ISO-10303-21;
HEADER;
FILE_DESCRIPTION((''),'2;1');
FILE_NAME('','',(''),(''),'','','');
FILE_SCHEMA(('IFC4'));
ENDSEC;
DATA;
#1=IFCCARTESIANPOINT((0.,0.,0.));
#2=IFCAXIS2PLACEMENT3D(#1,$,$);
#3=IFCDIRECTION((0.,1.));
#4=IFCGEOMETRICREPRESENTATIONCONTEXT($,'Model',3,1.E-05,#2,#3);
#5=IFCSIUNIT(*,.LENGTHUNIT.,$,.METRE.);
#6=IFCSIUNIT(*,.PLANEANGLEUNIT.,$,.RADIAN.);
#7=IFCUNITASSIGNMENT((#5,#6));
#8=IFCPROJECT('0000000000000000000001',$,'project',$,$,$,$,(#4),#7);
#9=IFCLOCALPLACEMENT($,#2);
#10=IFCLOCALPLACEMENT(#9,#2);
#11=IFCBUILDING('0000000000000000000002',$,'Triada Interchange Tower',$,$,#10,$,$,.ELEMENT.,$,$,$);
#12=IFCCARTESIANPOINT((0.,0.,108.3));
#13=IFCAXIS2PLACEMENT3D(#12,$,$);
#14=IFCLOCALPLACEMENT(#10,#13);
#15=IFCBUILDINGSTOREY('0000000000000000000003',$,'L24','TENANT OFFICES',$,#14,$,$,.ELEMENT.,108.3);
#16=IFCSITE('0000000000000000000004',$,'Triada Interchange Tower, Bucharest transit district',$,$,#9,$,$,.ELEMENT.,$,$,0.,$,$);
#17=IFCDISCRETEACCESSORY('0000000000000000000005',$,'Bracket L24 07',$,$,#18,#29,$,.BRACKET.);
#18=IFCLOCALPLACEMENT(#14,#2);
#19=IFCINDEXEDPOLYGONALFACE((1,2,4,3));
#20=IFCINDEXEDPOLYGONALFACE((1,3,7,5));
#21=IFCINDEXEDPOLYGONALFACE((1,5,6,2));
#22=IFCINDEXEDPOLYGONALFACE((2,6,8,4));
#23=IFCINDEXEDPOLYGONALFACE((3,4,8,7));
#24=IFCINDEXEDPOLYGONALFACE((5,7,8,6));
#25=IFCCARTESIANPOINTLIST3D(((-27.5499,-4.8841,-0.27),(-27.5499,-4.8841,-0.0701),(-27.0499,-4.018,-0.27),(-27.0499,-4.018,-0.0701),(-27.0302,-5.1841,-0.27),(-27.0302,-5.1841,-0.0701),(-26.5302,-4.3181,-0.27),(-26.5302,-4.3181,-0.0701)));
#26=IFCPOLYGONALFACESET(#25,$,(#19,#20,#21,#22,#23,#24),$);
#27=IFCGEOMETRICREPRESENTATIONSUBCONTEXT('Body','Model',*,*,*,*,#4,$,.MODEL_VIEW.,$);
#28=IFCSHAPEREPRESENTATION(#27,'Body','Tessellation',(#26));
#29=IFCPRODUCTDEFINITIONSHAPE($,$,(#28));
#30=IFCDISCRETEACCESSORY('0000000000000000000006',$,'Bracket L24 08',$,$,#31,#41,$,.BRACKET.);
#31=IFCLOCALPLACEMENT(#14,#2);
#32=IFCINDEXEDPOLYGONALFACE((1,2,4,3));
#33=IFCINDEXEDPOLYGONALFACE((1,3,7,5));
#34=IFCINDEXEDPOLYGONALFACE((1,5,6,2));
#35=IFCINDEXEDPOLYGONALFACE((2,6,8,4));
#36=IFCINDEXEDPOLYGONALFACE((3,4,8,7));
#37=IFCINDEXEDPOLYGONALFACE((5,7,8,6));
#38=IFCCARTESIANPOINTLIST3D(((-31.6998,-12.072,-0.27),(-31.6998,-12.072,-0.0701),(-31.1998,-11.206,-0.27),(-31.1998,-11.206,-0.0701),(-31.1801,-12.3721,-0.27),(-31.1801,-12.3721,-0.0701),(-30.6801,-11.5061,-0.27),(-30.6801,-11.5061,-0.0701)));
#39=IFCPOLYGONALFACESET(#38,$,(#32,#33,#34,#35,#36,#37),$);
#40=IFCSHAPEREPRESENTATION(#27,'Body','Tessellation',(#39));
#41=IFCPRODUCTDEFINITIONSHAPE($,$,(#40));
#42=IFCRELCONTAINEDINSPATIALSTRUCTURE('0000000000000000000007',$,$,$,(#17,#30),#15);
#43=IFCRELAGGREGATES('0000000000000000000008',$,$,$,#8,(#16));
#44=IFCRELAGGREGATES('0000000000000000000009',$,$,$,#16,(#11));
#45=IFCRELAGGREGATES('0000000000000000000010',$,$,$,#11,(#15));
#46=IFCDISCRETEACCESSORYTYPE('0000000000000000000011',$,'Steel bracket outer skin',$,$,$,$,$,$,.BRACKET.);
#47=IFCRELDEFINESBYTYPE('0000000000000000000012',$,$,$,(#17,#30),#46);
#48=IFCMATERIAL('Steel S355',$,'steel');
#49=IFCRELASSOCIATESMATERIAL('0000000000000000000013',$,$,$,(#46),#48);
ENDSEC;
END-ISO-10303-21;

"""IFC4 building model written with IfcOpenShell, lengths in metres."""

from ifc_helpers import new_model, si_unit, direction, frame, origin, origin_2d, place, context, subcontext, project, spatial, rectangle, extrude, material, type_object, element, save


model = new_model("IFC4")

# Units and contexts
model_context = context("Model", 3, precision=1e-05, world=origin(), true_north=direction((0.0, 1.0)))
body_context = subcontext(model_context, "Body", "Model", "MODEL_VIEW")
ifc_project = project(units=[si_unit("LENGTHUNIT", "METRE"), si_unit("PLANEANGLEUNIT", "RADIAN")], contexts=[model_context])

# Site, building, storey
site_placement = place(None, origin())
site = spatial("IfcSite", under=ifc_project, at=site_placement, Name="Triada Interchange Tower, Bucharest transit district", CompositionType="ELEMENT", RefElevation=0.0)
building_placement = place(site_placement, origin())
building = spatial("IfcBuilding", under=site, at=building_placement, Name="Triada Interchange Tower", CompositionType="ELEMENT")
storey_placement = place(building_placement, frame((0.0, 0.0, 108.3)))
storey = spatial("IfcBuildingStorey", under=building, at=storey_placement, Name="L24", Description="TENANT OFFICES", CompositionType="ELEMENT", Elevation=108.3)

# Discrete accessories
ifc_material_1 = material(Name="Steel S355", Category="steel")
discrete_accessory_type = type_object("IfcDiscreteAccessoryType", Name="Steel bracket outer skin", PredefinedType="BRACKET", material=ifc_material_1)
for number, where, z_axis, x_axis, name in (
    (1, (-27.04, -4.6011, -0.27), (0.0, 0.0, 1.0), (-0.866022, 0.500006, 0.0), "Bracket L24 07"),
    (2, (-31.1899, -11.7891, -0.27), (0.0, 0.0, 1.0), (-0.866022, 0.500006, 0.0), "Bracket L24 08"),
):
    element("IfcDiscreteAccessory", number, at=place(storey_placement, frame(where, z_axis=z_axis, x_axis=x_axis)), inside=storey, type_object=discrete_accessory_type, Name=name, PredefinedType="BRACKET", context=body_context, shape_type="SweptSolid", body=[
        extrude(rectangle(XDim=0.6001, YDim=1.0, at=origin_2d()), origin(), (0.0, 0.0, 1.0), 0.2),
    ])

save(model, "model.ifc")
